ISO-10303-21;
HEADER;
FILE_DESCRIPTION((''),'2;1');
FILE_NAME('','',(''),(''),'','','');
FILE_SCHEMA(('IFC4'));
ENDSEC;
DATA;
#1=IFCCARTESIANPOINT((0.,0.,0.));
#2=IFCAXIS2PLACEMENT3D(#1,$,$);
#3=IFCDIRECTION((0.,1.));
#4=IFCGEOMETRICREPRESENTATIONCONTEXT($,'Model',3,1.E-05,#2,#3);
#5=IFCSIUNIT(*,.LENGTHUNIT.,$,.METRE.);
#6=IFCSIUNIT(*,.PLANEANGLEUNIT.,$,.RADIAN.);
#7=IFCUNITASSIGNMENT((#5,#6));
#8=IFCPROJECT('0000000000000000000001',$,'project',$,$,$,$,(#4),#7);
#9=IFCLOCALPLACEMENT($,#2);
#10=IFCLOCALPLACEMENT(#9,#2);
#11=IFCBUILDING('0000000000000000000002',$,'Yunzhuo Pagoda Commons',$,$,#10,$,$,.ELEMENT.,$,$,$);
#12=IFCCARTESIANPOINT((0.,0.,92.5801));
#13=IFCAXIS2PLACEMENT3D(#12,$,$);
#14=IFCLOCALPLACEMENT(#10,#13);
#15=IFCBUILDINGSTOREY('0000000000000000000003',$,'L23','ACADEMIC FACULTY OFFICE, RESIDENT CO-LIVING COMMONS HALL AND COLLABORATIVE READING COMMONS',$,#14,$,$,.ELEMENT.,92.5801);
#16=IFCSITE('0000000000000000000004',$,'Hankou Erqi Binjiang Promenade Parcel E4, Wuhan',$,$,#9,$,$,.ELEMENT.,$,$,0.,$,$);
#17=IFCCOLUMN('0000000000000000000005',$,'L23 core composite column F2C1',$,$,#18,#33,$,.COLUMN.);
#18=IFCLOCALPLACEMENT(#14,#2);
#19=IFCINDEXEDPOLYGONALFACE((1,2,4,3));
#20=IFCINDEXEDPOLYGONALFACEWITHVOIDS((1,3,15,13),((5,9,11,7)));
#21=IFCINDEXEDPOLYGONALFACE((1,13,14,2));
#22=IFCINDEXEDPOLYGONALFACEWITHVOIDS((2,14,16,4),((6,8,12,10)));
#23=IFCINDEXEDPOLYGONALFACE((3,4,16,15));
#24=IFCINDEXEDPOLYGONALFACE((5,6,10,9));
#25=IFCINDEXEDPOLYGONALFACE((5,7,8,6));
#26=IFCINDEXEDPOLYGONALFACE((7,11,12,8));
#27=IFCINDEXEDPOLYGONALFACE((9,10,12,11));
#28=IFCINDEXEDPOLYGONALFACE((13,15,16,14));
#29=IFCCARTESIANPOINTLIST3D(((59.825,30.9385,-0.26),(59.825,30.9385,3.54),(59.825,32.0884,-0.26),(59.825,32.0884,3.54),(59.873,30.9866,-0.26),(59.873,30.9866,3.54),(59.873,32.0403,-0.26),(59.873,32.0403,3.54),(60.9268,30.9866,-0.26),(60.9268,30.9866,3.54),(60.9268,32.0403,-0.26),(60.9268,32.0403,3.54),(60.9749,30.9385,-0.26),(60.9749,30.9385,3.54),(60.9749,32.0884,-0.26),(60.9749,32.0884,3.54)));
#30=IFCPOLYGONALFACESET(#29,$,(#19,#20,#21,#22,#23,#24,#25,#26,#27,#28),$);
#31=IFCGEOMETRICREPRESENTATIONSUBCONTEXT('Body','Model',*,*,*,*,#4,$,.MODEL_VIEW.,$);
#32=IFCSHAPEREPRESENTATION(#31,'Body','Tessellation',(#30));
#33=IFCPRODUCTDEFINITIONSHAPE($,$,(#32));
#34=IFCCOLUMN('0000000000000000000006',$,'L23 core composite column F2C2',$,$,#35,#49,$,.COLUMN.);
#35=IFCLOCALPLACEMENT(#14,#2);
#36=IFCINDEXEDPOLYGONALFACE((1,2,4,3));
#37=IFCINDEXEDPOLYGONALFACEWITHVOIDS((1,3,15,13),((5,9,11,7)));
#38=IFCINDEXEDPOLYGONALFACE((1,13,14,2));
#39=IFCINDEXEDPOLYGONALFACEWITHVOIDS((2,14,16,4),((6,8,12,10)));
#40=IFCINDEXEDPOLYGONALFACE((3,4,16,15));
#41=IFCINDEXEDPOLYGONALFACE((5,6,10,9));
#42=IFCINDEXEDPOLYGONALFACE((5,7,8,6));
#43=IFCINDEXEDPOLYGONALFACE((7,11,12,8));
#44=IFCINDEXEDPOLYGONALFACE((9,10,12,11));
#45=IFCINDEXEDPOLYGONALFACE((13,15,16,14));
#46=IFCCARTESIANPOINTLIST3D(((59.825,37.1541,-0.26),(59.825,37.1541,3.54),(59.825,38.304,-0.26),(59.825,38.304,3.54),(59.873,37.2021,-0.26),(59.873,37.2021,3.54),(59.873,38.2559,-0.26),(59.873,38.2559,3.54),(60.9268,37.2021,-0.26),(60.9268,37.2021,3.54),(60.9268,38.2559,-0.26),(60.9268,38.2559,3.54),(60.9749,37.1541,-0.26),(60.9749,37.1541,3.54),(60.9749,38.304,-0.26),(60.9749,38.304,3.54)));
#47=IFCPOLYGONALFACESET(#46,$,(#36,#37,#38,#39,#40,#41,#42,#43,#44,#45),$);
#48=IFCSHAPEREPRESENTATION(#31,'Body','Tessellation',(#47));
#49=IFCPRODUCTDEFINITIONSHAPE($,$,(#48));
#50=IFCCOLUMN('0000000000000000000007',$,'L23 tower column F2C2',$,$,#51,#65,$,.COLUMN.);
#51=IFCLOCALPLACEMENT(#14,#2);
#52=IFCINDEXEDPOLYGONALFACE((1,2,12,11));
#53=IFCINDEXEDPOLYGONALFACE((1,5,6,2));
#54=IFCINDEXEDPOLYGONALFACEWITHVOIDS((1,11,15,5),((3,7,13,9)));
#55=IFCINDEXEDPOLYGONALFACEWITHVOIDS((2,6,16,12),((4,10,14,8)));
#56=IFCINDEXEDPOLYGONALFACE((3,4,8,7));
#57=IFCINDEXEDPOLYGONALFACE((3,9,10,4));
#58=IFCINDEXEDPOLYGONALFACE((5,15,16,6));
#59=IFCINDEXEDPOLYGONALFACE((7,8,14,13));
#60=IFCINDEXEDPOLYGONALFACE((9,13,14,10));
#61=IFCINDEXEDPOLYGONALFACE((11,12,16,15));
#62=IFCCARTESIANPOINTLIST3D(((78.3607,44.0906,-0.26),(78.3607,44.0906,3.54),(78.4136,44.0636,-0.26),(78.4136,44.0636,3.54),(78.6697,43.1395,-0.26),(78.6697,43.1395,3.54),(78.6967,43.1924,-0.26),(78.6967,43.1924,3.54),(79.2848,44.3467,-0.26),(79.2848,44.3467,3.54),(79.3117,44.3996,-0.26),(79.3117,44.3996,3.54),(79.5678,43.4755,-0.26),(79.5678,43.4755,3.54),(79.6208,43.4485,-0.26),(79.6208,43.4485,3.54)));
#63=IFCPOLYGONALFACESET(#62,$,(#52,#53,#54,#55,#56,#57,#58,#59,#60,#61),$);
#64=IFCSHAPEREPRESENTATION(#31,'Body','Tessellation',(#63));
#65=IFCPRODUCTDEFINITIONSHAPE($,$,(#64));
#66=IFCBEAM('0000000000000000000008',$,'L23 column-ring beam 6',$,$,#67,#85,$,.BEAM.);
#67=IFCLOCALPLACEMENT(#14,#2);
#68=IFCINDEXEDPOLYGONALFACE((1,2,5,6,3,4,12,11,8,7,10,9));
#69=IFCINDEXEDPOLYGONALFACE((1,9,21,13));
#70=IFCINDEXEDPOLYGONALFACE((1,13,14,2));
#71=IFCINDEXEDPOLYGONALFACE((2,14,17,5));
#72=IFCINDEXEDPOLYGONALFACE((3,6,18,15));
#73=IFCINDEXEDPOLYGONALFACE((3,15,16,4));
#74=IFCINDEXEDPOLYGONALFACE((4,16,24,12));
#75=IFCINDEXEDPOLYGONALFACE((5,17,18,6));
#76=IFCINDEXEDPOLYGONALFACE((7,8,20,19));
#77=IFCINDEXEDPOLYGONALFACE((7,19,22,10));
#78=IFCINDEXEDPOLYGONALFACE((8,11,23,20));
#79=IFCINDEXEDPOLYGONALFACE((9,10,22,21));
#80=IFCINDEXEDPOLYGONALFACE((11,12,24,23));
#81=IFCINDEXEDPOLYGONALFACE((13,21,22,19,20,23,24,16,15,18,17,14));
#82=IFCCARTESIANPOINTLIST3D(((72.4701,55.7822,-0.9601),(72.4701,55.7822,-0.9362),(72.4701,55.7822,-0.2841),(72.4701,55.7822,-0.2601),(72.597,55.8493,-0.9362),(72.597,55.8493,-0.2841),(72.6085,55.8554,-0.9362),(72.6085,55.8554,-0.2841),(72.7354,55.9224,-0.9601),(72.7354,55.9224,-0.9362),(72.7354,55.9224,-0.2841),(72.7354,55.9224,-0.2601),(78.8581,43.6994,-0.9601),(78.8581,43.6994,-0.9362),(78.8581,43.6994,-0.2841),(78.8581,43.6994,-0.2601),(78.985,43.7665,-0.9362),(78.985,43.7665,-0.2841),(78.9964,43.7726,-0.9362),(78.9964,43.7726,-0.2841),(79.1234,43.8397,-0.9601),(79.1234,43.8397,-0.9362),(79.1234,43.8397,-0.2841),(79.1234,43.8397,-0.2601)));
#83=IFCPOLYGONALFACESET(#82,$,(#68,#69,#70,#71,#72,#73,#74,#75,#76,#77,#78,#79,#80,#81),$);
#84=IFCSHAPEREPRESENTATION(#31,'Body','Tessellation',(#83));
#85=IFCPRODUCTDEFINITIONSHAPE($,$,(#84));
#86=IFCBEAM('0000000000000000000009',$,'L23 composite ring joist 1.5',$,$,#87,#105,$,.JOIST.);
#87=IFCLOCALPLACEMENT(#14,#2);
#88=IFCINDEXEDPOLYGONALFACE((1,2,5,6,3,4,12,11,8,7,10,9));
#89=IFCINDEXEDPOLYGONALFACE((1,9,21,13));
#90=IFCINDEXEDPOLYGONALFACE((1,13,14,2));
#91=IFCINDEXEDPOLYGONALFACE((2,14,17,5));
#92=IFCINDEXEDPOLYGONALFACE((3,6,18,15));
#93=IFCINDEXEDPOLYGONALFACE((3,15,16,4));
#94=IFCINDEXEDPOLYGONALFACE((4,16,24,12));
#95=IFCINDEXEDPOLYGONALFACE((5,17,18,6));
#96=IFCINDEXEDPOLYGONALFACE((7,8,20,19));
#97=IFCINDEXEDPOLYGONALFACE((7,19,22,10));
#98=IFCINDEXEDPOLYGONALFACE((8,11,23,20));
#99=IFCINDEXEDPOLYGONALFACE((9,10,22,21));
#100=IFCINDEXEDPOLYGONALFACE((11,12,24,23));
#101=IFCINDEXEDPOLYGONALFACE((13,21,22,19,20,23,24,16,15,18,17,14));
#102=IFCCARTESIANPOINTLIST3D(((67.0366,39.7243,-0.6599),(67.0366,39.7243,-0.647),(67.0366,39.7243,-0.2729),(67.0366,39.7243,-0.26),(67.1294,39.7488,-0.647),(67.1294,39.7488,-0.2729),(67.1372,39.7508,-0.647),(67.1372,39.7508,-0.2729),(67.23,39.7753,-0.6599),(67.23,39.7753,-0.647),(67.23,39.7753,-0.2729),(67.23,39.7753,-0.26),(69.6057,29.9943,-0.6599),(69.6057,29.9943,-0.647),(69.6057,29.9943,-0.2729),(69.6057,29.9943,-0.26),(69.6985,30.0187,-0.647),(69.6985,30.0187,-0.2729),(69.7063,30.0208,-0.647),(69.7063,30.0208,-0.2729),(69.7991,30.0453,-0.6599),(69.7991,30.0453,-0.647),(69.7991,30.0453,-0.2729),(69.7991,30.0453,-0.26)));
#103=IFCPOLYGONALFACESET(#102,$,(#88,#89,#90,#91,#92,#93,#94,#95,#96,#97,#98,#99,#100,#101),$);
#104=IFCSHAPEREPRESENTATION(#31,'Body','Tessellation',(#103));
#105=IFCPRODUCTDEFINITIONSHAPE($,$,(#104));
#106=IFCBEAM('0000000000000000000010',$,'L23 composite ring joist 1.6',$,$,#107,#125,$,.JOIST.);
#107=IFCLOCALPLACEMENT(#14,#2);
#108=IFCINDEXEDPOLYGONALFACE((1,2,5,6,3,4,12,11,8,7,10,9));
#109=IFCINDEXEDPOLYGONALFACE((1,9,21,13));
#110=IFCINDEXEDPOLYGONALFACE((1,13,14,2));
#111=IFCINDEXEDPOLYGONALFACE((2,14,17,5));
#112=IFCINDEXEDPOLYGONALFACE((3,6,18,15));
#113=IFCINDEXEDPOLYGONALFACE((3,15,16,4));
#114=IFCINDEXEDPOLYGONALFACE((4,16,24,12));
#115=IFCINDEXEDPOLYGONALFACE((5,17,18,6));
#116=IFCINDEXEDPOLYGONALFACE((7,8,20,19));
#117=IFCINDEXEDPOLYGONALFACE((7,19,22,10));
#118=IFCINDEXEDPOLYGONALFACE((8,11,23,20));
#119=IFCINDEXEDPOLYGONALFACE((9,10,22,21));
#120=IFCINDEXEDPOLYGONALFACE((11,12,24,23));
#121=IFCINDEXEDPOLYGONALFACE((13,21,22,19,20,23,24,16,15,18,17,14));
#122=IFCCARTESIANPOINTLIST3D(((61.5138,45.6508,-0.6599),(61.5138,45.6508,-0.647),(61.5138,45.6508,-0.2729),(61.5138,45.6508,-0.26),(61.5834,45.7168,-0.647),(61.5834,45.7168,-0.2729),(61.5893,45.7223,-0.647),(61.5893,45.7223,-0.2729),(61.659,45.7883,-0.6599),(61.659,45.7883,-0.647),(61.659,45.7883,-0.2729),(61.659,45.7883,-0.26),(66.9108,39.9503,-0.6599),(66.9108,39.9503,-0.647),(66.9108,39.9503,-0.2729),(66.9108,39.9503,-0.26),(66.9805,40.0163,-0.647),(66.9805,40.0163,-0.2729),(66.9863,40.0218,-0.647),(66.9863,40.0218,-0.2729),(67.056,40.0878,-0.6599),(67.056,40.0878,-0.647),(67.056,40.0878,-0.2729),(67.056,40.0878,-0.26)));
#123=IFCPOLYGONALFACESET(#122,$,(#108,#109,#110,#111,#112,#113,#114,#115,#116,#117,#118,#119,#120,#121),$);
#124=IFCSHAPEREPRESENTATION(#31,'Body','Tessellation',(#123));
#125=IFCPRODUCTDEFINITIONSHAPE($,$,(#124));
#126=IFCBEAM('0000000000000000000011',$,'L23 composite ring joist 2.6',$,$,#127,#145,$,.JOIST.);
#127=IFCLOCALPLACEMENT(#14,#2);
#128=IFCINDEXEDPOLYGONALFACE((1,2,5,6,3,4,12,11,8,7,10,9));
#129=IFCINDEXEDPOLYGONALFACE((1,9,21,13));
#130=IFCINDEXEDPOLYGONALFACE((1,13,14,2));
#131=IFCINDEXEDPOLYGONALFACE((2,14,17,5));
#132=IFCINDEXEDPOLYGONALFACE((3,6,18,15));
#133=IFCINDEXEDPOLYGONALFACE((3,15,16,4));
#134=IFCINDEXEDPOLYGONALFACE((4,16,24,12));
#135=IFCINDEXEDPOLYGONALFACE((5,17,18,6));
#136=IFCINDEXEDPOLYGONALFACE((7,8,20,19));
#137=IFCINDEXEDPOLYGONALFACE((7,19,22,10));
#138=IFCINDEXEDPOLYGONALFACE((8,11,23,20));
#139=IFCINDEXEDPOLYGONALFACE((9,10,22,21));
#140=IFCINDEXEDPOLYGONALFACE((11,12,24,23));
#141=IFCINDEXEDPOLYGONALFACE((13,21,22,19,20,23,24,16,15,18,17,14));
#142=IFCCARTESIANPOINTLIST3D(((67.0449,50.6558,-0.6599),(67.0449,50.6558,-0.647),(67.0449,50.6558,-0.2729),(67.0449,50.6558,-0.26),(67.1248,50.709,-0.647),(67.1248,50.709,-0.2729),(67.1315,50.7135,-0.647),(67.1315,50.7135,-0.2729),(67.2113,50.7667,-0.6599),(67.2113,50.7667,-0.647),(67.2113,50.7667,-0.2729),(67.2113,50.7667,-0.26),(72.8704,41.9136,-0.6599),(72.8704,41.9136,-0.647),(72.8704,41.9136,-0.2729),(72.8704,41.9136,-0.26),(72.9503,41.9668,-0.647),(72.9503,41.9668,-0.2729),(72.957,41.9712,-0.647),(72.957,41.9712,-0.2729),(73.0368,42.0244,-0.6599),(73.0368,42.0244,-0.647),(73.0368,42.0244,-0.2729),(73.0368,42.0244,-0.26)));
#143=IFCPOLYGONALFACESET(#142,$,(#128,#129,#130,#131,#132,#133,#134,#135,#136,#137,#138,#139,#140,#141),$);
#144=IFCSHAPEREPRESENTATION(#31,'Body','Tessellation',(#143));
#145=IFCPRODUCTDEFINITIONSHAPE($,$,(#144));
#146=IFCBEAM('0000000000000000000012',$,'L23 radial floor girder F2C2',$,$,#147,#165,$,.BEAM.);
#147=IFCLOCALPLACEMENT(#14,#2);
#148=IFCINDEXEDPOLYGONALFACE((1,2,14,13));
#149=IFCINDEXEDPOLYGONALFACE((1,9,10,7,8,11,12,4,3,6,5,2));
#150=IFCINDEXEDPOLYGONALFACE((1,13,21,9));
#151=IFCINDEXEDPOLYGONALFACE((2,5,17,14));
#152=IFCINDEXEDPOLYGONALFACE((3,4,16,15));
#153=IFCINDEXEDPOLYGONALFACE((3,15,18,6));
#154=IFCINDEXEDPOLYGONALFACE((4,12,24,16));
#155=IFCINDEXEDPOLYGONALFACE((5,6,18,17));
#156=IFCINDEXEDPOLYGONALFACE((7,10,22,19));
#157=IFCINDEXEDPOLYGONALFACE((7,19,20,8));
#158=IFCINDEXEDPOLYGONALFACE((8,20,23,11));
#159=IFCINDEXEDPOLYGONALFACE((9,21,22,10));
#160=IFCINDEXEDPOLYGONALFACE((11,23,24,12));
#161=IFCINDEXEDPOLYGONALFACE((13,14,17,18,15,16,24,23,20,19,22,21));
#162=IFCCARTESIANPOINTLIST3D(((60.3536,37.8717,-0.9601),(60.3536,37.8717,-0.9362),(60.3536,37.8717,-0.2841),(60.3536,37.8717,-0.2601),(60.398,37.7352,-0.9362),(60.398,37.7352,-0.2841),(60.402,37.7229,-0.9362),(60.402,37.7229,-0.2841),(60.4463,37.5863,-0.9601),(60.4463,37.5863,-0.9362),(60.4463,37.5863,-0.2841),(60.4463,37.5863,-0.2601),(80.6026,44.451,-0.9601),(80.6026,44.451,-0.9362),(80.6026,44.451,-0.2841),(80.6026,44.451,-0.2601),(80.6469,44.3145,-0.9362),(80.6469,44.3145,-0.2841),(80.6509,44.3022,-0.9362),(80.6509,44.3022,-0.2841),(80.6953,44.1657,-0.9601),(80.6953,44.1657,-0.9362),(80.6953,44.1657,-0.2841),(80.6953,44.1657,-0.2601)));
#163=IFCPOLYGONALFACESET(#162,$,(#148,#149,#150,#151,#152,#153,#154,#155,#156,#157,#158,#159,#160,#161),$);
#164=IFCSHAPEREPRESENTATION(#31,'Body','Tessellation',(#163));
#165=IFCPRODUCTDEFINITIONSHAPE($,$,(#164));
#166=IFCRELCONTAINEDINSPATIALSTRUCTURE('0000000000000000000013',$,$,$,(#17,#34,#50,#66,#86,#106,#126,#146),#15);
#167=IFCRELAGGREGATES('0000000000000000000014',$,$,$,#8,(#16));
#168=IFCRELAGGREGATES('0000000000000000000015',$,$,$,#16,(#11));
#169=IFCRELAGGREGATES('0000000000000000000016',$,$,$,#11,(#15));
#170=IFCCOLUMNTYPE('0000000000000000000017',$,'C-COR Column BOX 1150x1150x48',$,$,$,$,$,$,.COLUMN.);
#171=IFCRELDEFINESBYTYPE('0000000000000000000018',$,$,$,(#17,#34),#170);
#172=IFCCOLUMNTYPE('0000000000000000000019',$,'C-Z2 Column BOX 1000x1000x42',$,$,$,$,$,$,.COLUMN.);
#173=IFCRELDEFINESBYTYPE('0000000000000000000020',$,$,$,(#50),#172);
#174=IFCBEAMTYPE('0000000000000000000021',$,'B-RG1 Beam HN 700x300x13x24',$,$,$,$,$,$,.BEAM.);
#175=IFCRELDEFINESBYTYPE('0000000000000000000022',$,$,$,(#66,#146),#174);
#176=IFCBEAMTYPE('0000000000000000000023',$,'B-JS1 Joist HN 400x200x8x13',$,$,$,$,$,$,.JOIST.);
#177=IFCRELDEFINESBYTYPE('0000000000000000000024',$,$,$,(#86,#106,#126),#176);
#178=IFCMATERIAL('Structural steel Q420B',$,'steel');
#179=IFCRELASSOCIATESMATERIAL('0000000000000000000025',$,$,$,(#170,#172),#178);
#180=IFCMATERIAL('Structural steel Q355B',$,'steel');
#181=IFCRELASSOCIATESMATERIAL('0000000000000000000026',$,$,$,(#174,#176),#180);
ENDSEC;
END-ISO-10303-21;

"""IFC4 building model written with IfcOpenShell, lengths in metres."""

from ifc_helpers import new_model, si_unit, direction, frame, origin, origin_2d, place, context, subcontext, project, spatial, hollow_rectangle, i_section, extrude, source, transform, mapped, material, material_profile, profile_set, type_object, element, save


model = new_model("IFC4")

# Units and contexts
model_context = context("Model", 3, precision=1e-05, world=origin(), true_north=direction((0.0, 1.0)))
body_context = subcontext(model_context, "Body", "Model", "MODEL_VIEW")
ifc_project = project(units=[si_unit("LENGTHUNIT", "METRE"), si_unit("PLANEANGLEUNIT", "RADIAN")], contexts=[model_context])

# Site, building, storey
site_placement = place(None, origin())
site = spatial("IfcSite", under=ifc_project, at=site_placement, Name="Hankou Erqi Binjiang Promenade Parcel E4, Wuhan", CompositionType="ELEMENT", RefElevation=0.0)
building_placement = place(site_placement, origin())
building = spatial("IfcBuilding", under=site, at=building_placement, Name="Yunzhuo Pagoda Commons", CompositionType="ELEMENT")
storey_placement = place(building_placement, frame((0.0, 0.0, 92.5801)))
storey = spatial("IfcBuildingStorey", under=building, at=storey_placement, Name="L23", Description="ACADEMIC FACULTY OFFICE, RESIDENT CO-LIVING COMMONS HALL AND COLLABORATIVE READING COMMONS", CompositionType="ELEMENT", Elevation=92.5801)

# Columns
ifc_material_1 = material(Name="Structural steel Q420B", Category="steel")
ifc_material_profile_1 = material_profile(ifc_material_1, hollow_rectangle(XDim=1.1499, YDim=1.1499, WallThickness=0.0481, at=origin_2d()), Name="Structural steel Q420B")
ifc_profile_set_1 = profile_set([ifc_material_profile_1], Name="Structural steel Q420B")
column_type_1 = type_object("IfcColumnType", Name="C-COR Column BOX 1150x1150x48", PredefinedType="COLUMN", material=ifc_profile_set_1)
shared_shape_1 = source(origin(), body_context, "Body", "SweptSolid", [
    extrude(hollow_rectangle(XDim=1.1499, YDim=1.1499, WallThickness=0.0481, at=origin_2d()), origin(), (0.0, 0.0, 1.0), 3.8),
])
for number, where, z_axis, x_axis, name in (
    (1, (60.3999, 31.5134, -0.26), (0.0, 0.0, 1.0), (1.0, 0.0, 0.0), "L23 core composite column F2C1"),
    (2, (60.3999, 37.729, -0.26), (0.0, 0.0, 1.0), (1.0, 0.0, 0.0), "L23 core composite column F2C2"),
):
    element("IfcColumn", number, at=place(storey_placement, frame(where, z_axis=z_axis, x_axis=x_axis)), inside=storey, type_object=column_type_1, Name=name, PredefinedType="COLUMN", context=body_context, shape_type="MappedRepresentation", body=[
        mapped(shared_shape_1, transform((0.0, 0.0, 0.0), scale=1.0)),
    ])
ifc_material_profile_2 = material_profile(ifc_material_1, hollow_rectangle(XDim=1.0, YDim=1.0, WallThickness=0.042, at=origin_2d()), Name="Structural steel Q420B")
ifc_profile_set_2 = profile_set([ifc_material_profile_2], Name="Structural steel Q420B")
column_type_2 = type_object("IfcColumnType", Name="C-Z2 Column BOX 1000x1000x42", PredefinedType="COLUMN", material=ifc_profile_set_2)
shared_shape_2 = source(origin(), body_context, "Body", "SweptSolid", [
    extrude(hollow_rectangle(XDim=1.0, YDim=1.0, WallThickness=0.042, at=origin_2d()), origin(), (0.0, 0.0, 1.0), 3.8),
])
column_placement = place(storey_placement, frame((78.9907, 43.7695, -0.26), z_axis=(0.0, 0.0, 1.0), x_axis=(-0.309017, 0.951057, 0.0)))
element("IfcColumn", 3, at=column_placement, inside=storey, type_object=column_type_2, Name="L23 tower column F2C2", PredefinedType="COLUMN", context=body_context, shape_type="MappedRepresentation", body=[
    mapped(shared_shape_2, transform((0.0, 0.0, 0.0), scale=1.0)),
])

# Beams
ifc_material_2 = material(Name="Structural steel Q355B", Category="steel")
ifc_material_profile_3 = material_profile(ifc_material_2, i_section(OverallWidth=0.3, OverallDepth=0.7, WebThickness=0.0129, FlangeThickness=0.0239, at=origin_2d()), Name="Structural steel Q355B")
ifc_profile_set_3 = profile_set([ifc_material_profile_3], Name="Structural steel Q355B")
beam_type_1 = type_object("IfcBeamType", Name="B-RG1 Beam HN 700x300x13x24", PredefinedType="BEAM", material=ifc_profile_set_3)
shared_shape_3 = source(origin(), body_context, "Body", "SweptSolid", [
    extrude(i_section(OverallWidth=0.3, OverallDepth=0.7, WebThickness=0.0129, FlangeThickness=0.0239, at=origin_2d()), origin(), (0.0, 0.0, 1.0), 13.6675),
])
beam_1_placement = place(storey_placement, frame((78.9907, 43.7695, -0.6101), z_axis=(-0.467384, 0.884055, 0.0), x_axis=(-0.884055, -0.467384, 0.0)))
element("IfcBeam", 4, at=beam_1_placement, inside=storey, type_object=beam_type_1, Name="L23 column-ring beam 6", PredefinedType="BEAM", context=body_context, shape_type="MappedRepresentation", body=[
    mapped(shared_shape_3, transform((0.0, 0.0, 0.0), scale=1.0)),
])
ifc_material_profile_4 = material_profile(ifc_material_2, i_section(OverallWidth=0.2, OverallDepth=0.3999, WebThickness=0.0081, FlangeThickness=0.0129, at=origin_2d()), Name="Structural steel Q355B")
ifc_profile_set_4 = profile_set([ifc_material_profile_4], Name="Structural steel Q355B")
beam_type_2 = type_object("IfcBeamType", Name="B-JS1 Joist HN 400x200x8x13", PredefinedType="JOIST", material=ifc_profile_set_4)
shared_shape_4 = source(origin(), body_context, "Body", "SweptSolid", [
    extrude(i_section(OverallWidth=0.2, OverallDepth=0.3999, WebThickness=0.0081, FlangeThickness=0.0129, at=origin_2d()), origin(), (0.0, 0.0, 1.0), 10.0635),
])
beam_2_placement = place(storey_placement, frame((69.7024, 30.0198, -0.46), z_axis=(-0.25529, 0.966865, 0.0), x_axis=(-0.966865, -0.25529, 0.0)))
element("IfcBeam", 5, at=beam_2_placement, inside=storey, type_object=beam_type_2, Name="L23 composite ring joist 1.5", PredefinedType="JOIST", context=body_context, shape_type="MappedRepresentation", body=[
    mapped(shared_shape_4, transform((0.0, 0.0, 0.0), scale=1.0)),
])
shared_shape_5 = source(origin(), body_context, "Body", "SweptSolid", [
    extrude(i_section(OverallWidth=0.2, OverallDepth=0.3999, WebThickness=0.0081, FlangeThickness=0.0129, at=origin_2d()), origin(), (0.0, 0.0, 1.0), 7.8501),
])
beam_3_placement = place(storey_placement, frame((66.9834, 40.019, -0.46), z_axis=(-0.687513, 0.726172, 0.0), x_axis=(-0.726172, -0.687513, 0.0)))
element("IfcBeam", 6, at=beam_3_placement, inside=storey, type_object=beam_type_2, Name="L23 composite ring joist 1.6", PredefinedType="JOIST", context=body_context, shape_type="MappedRepresentation", body=[
    mapped(shared_shape_5, transform((0.0, 0.0, 0.0), scale=1.0)),
])
shared_shape_6 = source(origin(), body_context, "Body", "SweptSolid", [
    extrude(i_section(OverallWidth=0.2, OverallDepth=0.3999, WebThickness=0.0081, FlangeThickness=0.0129, at=origin_2d()), origin(), (0.0, 0.0, 1.0), 10.5054),
])
beam_4_placement = place(storey_placement, frame((72.9536, 41.969, -0.46), z_axis=(-0.554523, 0.832168, 0.0), x_axis=(-0.832168, -0.554523, 0.0)))
element("IfcBeam", 7, at=beam_4_placement, inside=storey, type_object=beam_type_2, Name="L23 composite ring joist 2.6", PredefinedType="JOIST", context=body_context, shape_type="MappedRepresentation", body=[
    mapped(shared_shape_6, transform((0.0, 0.0, 0.0), scale=1.0)),
])
shared_shape_7 = source(origin(), body_context, "Body", "SweptSolid", [
    extrude(i_section(OverallWidth=0.3, OverallDepth=0.7, WebThickness=0.0129, FlangeThickness=0.0239, at=origin_2d()), origin(), (0.0, 0.0, 1.0), 21.291),
])
beam_5_placement = place(storey_placement, frame((80.6489, 44.3083, -0.6101), z_axis=(-0.951056, -0.309019, 0.0), x_axis=(0.309019, -0.951056, 0.0)))
element("IfcBeam", 8, at=beam_5_placement, inside=storey, type_object=beam_type_1, Name="L23 radial floor girder F2C2", PredefinedType="BEAM", context=body_context, shape_type="MappedRepresentation", body=[
    mapped(shared_shape_7, transform((0.0, 0.0, 0.0), scale=1.0)),
])

save(model, "model.ifc")
